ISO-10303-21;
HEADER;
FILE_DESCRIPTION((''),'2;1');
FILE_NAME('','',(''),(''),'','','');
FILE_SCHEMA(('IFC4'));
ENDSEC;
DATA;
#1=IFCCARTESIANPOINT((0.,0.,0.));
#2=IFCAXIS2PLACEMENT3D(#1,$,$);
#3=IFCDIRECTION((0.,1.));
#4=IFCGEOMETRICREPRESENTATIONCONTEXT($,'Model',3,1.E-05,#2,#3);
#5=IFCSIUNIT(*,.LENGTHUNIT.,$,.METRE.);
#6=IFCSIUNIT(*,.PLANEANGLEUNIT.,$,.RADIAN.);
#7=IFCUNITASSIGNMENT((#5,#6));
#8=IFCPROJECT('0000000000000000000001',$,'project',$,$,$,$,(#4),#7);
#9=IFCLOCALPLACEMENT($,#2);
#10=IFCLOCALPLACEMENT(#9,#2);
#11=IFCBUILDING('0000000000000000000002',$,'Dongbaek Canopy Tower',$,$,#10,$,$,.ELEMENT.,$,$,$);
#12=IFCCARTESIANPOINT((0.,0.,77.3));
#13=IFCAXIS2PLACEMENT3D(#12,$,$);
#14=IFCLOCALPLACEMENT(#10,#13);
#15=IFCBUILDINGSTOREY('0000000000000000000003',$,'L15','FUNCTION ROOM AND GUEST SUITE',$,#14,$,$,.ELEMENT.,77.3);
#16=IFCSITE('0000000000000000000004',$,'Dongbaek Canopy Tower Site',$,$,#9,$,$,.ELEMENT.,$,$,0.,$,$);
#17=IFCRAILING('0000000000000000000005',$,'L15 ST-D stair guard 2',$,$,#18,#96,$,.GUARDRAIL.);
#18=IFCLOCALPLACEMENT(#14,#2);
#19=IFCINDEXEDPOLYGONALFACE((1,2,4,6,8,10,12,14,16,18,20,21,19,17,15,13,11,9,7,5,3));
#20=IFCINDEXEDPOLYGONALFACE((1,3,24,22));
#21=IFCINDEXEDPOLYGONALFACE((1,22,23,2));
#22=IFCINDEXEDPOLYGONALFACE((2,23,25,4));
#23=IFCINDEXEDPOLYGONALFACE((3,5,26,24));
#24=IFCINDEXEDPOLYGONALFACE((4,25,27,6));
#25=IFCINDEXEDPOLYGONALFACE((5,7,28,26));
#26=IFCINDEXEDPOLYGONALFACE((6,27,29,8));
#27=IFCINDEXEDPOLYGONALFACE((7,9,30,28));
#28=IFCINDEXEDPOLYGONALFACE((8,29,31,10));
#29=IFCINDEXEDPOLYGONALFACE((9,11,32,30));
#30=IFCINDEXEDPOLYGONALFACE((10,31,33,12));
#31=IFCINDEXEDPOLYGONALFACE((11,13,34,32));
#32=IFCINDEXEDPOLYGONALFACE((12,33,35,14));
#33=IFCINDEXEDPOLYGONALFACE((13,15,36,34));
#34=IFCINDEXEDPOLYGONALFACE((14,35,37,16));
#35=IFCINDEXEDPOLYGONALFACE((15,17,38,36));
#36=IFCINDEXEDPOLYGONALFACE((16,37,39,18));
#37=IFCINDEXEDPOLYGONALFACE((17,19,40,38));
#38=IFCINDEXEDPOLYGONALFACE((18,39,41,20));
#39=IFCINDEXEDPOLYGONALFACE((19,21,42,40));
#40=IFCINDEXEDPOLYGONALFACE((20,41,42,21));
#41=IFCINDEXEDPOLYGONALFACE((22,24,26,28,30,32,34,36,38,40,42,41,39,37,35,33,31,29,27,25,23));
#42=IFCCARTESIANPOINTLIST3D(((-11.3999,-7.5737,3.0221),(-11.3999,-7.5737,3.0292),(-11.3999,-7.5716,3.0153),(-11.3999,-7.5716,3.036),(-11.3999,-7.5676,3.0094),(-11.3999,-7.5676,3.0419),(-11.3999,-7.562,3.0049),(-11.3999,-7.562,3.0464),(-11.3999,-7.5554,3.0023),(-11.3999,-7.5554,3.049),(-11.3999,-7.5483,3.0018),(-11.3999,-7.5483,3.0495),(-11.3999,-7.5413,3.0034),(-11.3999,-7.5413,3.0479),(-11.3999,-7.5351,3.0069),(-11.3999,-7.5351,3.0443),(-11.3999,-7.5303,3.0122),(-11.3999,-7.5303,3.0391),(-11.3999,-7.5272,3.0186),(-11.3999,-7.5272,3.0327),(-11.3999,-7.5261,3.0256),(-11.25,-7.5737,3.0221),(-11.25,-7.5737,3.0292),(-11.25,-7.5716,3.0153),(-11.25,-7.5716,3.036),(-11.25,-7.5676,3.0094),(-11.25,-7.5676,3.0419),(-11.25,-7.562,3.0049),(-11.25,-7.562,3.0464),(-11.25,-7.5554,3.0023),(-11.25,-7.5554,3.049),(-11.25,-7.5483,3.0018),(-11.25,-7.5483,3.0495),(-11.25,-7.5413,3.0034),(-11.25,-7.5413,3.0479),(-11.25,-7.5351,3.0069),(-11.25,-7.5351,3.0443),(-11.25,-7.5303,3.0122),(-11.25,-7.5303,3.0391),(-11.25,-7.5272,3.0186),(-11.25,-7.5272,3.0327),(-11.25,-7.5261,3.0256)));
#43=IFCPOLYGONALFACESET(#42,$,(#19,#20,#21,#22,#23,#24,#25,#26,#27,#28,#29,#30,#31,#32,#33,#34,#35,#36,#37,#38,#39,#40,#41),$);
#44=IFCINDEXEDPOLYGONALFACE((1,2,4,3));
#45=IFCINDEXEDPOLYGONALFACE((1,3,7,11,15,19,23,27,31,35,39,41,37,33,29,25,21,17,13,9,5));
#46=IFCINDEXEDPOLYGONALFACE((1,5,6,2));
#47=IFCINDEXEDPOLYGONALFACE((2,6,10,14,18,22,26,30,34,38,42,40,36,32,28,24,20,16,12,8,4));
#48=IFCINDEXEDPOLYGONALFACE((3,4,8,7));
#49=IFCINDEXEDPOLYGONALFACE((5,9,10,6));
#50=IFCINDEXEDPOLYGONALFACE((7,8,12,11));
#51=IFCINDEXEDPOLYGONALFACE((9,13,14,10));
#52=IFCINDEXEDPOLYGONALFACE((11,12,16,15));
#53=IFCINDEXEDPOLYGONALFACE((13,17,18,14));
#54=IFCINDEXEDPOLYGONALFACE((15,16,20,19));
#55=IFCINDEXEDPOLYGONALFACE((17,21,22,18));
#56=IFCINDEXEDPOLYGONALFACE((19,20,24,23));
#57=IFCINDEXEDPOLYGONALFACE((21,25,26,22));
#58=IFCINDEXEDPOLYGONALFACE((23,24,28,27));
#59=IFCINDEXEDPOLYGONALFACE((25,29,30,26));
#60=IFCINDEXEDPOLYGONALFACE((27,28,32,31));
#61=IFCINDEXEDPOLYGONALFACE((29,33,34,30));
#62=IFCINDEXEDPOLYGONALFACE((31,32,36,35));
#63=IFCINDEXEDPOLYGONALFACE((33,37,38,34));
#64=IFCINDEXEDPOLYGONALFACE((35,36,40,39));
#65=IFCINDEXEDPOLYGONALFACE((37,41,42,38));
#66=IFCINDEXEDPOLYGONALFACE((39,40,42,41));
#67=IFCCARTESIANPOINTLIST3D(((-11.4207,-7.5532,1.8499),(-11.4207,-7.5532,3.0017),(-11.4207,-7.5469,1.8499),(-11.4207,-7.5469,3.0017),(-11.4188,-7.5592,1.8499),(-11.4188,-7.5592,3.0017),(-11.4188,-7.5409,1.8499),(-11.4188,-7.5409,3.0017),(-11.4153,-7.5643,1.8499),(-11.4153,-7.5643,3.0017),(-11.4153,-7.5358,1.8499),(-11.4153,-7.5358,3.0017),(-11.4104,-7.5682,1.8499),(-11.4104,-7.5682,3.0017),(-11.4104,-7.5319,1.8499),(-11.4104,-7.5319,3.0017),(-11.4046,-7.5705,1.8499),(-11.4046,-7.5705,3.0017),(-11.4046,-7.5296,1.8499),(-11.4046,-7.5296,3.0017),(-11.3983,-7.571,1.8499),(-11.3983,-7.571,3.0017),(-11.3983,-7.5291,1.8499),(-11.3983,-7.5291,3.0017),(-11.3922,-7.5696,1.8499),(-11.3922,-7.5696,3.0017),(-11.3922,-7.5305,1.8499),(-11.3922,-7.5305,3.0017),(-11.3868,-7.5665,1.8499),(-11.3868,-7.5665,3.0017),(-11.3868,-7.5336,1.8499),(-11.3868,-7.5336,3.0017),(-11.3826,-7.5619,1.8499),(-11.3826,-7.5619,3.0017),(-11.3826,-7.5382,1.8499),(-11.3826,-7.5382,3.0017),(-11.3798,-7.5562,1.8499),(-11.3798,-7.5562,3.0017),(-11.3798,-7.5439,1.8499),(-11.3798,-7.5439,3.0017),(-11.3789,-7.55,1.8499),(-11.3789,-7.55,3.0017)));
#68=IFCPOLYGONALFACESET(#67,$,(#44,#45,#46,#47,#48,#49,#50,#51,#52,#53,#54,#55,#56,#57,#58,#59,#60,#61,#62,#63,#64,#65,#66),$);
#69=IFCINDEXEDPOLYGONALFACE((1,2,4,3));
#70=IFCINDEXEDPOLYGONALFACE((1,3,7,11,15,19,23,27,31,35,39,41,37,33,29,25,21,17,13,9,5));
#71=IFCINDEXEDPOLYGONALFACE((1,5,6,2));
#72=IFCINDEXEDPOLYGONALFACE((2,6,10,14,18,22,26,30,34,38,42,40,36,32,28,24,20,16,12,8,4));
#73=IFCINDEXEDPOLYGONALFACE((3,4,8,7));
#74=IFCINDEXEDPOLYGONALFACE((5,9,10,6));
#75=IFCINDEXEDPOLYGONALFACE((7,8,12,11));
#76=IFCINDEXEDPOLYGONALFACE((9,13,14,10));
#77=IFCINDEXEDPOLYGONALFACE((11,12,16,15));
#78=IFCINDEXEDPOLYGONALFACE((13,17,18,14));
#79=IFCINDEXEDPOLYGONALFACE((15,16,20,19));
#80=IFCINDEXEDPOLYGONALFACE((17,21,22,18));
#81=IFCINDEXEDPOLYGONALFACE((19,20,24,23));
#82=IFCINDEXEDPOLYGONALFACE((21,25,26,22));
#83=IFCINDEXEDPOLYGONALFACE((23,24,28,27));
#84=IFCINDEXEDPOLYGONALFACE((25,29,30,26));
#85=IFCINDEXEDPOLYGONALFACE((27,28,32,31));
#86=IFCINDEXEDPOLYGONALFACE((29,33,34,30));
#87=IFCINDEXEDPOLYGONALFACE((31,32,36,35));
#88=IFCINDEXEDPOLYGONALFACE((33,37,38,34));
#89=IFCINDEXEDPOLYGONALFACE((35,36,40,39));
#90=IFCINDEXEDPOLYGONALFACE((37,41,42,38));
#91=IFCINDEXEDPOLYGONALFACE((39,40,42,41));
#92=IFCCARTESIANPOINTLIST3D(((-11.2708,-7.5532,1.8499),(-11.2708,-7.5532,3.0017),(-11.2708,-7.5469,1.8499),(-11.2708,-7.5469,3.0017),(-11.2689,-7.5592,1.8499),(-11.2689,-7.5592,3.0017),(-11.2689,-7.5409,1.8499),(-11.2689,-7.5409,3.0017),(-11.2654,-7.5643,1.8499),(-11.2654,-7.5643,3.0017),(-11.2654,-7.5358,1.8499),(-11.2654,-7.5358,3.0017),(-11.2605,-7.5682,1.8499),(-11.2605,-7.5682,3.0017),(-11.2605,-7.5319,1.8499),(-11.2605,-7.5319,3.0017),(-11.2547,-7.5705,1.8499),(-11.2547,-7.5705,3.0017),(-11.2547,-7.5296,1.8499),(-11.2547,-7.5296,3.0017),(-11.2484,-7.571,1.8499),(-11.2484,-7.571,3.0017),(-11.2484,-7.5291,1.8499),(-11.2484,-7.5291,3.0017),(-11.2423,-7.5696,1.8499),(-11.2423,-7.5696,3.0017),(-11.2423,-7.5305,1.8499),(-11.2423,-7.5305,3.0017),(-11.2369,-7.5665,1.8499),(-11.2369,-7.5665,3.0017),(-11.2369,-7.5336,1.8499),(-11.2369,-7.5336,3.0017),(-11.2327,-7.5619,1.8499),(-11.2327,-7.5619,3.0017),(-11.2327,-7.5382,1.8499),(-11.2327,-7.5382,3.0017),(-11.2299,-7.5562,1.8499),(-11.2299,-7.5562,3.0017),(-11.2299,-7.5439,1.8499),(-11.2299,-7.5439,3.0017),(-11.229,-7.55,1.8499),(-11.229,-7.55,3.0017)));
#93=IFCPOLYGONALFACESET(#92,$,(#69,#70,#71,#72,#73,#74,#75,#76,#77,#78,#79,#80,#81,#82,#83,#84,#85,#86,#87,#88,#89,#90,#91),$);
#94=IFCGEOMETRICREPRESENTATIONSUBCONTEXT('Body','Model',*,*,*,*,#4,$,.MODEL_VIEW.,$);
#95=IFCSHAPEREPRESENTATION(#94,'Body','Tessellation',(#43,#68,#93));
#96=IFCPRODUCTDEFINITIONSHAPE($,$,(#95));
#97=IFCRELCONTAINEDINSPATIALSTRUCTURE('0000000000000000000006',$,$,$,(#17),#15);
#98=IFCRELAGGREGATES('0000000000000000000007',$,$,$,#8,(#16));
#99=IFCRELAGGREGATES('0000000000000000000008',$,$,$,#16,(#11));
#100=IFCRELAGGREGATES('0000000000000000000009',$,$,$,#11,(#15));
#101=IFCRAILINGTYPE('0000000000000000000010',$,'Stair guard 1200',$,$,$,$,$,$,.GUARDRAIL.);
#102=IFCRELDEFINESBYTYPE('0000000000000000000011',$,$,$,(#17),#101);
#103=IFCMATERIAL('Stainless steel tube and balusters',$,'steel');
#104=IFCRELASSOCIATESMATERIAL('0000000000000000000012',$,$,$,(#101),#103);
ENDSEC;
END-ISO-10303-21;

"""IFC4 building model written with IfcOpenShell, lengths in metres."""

from ifc_helpers import new_model, si_unit, direction, frame, origin, origin_2d, place, context, subcontext, project, spatial, circle, extrude, material, type_object, element, save


model = new_model("IFC4")

# Units and contexts
model_context = context("Model", 3, precision=1e-05, world=origin(), true_north=direction((0.0, 1.0)))
body_context = subcontext(model_context, "Body", "Model", "MODEL_VIEW")
ifc_project = project(units=[si_unit("LENGTHUNIT", "METRE"), si_unit("PLANEANGLEUNIT", "RADIAN")], contexts=[model_context])

# Site, building, storey
site_placement = place(None, origin())
site = spatial("IfcSite", under=ifc_project, at=site_placement, Name="Dongbaek Canopy Tower Site", CompositionType="ELEMENT", RefElevation=0.0)
building_placement = place(site_placement, origin())
building = spatial("IfcBuilding", under=site, at=building_placement, Name="Dongbaek Canopy Tower", CompositionType="ELEMENT")
storey_placement = place(building_placement, frame((0.0, 0.0, 77.3)))
storey = spatial("IfcBuildingStorey", under=building, at=storey_placement, Name="L15", Description="FUNCTION ROOM AND GUEST SUITE", CompositionType="ELEMENT", Elevation=77.3)

# Railing
ifc_material_1 = material(Name="Stainless steel tube and balusters", Category="steel")
railing_type_1 = type_object("IfcRailingType", Name="Stair guard 1200", PredefinedType="GUARDRAIL", material=ifc_material_1)
railing_1_placement = place(storey_placement, frame((-11.3999, -7.55, 1.8499)))
element("IfcRailing", 1, at=railing_1_placement, inside=storey, type_object=railing_type_1, Name="L15 ST-D stair guard 2", PredefinedType="GUARDRAIL", context=body_context, shape_type="SweptSolid", body=[
    extrude(circle(Radius=0.0239, at=origin_2d()), frame((0.0, 0.0, 1.1758), z_axis=(1.0, 0.0, 0.0), x_axis=(0.0, 1.0, 0.0)), (0.0, 0.0, 1.0), 0.1499),
    extrude(circle(Radius=0.021, at=origin_2d()), origin(), (0.0, 0.0, 1.0), 1.1519),
    extrude(circle(Radius=0.021, at=origin_2d()), frame((0.1499, 0.0, 0.0)), (0.0, 0.0, 1.0), 1.1519),
])

save(model, "model.ifc")
